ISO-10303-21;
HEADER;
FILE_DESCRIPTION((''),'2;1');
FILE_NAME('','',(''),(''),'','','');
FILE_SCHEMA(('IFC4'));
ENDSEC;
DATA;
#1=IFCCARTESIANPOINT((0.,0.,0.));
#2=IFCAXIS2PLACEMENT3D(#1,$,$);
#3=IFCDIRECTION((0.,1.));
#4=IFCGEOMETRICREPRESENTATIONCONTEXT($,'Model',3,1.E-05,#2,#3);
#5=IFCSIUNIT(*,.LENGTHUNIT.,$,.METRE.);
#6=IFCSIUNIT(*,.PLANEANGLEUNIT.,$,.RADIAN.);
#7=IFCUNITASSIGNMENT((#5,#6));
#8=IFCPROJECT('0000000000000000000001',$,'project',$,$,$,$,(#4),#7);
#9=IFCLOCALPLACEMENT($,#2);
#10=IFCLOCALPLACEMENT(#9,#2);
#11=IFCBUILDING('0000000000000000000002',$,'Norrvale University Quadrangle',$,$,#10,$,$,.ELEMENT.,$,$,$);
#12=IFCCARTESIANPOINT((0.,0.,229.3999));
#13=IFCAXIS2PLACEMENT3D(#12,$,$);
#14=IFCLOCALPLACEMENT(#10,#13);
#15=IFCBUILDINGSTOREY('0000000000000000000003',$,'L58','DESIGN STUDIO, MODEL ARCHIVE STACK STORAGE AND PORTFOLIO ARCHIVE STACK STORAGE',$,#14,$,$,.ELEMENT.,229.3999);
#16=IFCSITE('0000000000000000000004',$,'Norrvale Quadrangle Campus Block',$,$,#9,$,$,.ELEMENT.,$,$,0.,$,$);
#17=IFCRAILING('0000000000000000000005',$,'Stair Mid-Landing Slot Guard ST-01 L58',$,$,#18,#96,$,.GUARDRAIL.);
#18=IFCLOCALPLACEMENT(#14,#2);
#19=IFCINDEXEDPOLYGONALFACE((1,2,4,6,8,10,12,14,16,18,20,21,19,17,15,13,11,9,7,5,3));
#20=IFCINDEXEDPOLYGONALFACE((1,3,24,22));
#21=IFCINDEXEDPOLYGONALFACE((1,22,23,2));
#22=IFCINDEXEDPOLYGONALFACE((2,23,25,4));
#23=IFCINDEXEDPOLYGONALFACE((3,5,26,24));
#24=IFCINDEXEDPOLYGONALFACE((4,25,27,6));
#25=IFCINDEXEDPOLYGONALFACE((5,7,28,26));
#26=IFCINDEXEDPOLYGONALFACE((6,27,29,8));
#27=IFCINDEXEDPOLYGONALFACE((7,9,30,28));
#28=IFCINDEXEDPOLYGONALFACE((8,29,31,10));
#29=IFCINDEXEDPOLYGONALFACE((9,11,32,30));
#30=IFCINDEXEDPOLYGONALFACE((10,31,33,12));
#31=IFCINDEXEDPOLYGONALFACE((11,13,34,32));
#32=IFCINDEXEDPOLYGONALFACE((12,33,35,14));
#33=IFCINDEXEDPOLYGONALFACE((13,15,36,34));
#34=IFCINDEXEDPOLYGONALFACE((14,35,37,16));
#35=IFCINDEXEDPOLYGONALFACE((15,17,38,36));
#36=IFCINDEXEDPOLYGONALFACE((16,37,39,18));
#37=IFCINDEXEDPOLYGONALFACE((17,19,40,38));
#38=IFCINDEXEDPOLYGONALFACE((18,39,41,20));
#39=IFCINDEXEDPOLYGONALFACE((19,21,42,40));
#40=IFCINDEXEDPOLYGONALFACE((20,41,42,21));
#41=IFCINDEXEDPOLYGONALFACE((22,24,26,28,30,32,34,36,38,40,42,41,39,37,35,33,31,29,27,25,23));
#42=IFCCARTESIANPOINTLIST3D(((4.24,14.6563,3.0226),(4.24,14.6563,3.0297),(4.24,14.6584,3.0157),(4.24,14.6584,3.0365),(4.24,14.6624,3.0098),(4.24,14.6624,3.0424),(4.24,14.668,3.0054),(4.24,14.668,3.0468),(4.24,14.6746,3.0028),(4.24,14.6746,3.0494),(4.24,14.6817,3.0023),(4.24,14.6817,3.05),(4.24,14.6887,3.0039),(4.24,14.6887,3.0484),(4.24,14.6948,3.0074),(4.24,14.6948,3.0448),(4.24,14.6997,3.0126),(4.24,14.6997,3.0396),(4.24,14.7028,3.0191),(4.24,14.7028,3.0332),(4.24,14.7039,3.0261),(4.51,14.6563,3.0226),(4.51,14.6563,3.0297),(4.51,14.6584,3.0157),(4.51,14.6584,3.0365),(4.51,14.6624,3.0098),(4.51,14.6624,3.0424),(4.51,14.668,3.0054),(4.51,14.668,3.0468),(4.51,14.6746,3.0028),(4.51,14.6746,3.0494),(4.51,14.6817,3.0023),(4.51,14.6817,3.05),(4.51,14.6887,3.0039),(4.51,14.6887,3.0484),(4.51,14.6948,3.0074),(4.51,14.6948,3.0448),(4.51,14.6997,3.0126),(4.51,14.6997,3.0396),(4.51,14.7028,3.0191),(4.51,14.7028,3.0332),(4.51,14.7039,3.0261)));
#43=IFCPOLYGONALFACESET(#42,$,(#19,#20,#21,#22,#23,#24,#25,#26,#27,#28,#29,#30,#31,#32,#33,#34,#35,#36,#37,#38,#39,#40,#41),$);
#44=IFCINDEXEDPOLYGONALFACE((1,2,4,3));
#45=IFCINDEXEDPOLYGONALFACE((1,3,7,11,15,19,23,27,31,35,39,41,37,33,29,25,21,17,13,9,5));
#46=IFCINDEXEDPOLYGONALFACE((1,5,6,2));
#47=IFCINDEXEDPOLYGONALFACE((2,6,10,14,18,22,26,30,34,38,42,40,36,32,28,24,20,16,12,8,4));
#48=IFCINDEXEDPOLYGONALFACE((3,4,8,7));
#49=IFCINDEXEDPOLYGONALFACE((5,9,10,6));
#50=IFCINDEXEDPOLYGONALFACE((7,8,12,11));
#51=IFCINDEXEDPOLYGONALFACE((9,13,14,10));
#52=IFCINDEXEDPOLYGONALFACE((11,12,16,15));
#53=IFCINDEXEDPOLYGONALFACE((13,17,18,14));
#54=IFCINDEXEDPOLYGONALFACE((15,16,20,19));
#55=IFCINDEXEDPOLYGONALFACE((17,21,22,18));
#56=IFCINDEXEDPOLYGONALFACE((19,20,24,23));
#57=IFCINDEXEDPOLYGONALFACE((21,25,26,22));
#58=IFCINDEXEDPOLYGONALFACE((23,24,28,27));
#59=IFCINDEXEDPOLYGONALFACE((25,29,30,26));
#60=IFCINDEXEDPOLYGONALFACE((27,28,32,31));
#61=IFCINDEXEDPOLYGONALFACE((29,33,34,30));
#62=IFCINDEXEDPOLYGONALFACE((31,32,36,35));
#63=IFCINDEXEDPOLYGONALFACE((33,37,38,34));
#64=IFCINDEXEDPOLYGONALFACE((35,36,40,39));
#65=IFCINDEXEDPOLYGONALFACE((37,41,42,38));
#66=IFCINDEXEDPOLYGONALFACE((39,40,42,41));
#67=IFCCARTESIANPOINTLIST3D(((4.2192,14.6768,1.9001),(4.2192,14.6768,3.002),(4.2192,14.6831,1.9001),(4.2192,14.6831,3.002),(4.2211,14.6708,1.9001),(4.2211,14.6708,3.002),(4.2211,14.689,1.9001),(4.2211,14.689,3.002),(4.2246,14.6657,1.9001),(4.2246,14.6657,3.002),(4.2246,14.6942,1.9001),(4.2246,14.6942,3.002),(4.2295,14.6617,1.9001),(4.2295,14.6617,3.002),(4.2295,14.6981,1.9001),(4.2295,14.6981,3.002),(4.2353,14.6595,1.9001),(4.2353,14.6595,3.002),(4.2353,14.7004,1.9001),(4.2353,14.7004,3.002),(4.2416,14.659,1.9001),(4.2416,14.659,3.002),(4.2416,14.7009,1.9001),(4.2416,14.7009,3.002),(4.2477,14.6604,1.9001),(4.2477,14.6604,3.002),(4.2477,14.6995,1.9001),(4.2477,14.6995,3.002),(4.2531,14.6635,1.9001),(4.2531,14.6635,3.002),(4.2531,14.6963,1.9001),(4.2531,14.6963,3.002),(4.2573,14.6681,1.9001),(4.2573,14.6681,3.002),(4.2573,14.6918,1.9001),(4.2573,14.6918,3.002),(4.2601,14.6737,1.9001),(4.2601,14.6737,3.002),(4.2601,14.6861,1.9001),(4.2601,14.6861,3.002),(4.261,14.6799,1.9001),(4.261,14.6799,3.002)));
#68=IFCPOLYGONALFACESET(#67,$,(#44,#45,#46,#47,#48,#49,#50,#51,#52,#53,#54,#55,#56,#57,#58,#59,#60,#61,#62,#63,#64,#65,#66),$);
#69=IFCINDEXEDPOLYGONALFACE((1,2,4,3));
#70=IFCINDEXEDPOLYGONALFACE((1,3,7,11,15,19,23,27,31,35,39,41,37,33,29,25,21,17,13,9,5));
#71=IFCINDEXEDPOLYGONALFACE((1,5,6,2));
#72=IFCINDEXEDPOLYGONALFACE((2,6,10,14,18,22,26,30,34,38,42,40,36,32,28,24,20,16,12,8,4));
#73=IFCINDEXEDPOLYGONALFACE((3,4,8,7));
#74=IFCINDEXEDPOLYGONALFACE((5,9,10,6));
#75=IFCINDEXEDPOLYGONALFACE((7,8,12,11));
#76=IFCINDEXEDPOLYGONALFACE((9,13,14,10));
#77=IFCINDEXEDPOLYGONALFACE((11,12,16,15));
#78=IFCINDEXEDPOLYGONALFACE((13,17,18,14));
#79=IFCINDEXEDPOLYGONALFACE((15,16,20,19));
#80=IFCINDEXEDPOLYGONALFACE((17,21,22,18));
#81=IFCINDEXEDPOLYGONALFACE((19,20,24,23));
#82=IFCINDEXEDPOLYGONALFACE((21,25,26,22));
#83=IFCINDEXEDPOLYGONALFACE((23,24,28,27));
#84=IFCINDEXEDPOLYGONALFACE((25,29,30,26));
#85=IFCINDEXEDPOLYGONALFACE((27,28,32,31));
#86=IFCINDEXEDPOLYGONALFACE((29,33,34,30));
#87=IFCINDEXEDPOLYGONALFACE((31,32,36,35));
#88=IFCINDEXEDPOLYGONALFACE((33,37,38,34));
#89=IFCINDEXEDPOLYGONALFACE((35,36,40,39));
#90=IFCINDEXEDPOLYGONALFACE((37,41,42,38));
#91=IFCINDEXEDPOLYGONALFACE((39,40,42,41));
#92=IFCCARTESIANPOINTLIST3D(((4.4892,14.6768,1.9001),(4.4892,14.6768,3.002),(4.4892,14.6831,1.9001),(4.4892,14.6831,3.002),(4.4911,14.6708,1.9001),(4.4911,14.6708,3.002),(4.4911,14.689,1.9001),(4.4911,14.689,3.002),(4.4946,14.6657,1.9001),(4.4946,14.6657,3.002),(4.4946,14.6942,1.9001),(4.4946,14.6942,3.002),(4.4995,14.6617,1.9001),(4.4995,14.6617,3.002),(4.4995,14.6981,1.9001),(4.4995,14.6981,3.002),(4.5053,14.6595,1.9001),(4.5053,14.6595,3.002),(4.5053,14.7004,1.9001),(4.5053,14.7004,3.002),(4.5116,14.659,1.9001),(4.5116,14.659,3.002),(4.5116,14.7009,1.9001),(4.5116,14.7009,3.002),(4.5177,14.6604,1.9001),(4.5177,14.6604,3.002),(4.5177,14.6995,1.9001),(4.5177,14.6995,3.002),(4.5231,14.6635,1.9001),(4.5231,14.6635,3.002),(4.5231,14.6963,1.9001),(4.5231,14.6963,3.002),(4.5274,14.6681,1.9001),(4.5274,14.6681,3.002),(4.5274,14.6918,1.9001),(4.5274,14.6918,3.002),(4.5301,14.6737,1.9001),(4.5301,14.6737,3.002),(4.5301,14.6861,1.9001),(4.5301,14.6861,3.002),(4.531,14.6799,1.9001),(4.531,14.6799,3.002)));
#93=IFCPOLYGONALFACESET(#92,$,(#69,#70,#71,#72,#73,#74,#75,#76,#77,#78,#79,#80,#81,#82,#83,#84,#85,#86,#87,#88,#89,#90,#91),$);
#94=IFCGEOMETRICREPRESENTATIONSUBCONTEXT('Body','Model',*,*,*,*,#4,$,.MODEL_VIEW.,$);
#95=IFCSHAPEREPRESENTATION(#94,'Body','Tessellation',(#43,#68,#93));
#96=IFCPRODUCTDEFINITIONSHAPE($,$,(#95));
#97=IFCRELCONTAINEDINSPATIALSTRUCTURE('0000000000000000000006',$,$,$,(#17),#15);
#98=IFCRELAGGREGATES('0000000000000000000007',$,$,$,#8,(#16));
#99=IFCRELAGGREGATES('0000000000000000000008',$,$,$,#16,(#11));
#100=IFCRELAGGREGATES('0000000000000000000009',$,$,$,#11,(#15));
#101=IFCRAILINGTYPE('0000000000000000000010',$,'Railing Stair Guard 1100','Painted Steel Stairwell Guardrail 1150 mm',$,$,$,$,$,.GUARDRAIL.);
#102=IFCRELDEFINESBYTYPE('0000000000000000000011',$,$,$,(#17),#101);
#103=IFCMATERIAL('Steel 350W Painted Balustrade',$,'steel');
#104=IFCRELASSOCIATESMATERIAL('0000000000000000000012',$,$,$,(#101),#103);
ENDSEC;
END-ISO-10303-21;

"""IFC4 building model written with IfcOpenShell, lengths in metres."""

from ifc_helpers import new_model, si_unit, direction, frame, origin, origin_2d, place, context, subcontext, project, spatial, circle, extrude, material, type_object, element, save


model = new_model("IFC4")

# Units and contexts
model_context = context("Model", 3, precision=1e-05, world=origin(), true_north=direction((0.0, 1.0)))
body_context = subcontext(model_context, "Body", "Model", "MODEL_VIEW")
ifc_project = project(units=[si_unit("LENGTHUNIT", "METRE"), si_unit("PLANEANGLEUNIT", "RADIAN")], contexts=[model_context])

# Site, building, storey
site_placement = place(None, origin())
site = spatial("IfcSite", under=ifc_project, at=site_placement, Name="Norrvale Quadrangle Campus Block", CompositionType="ELEMENT", RefElevation=0.0)
building_placement = place(site_placement, origin())
building = spatial("IfcBuilding", under=site, at=building_placement, Name="Norrvale University Quadrangle", CompositionType="ELEMENT")
storey_placement = place(building_placement, frame((0.0, 0.0, 229.3999)))
storey = spatial("IfcBuildingStorey", under=building, at=storey_placement, Name="L58", Description="DESIGN STUDIO, MODEL ARCHIVE STACK STORAGE AND PORTFOLIO ARCHIVE STACK STORAGE", CompositionType="ELEMENT", Elevation=229.3999)

# Railing
ifc_material_1 = material(Name="Steel 350W Painted Balustrade", Category="steel")
railing_type_1 = type_object("IfcRailingType", Name="Railing Stair Guard 1100", Description="Painted Steel Stairwell Guardrail 1150 mm", PredefinedType="GUARDRAIL", material=ifc_material_1)
for number, where, name in (
    (1, (4.24, 14.6799, 1.9001), "Stair Mid-Landing Slot Guard ST-01 L58"),
):
    element("IfcRailing", number, at=place(storey_placement, frame(where)), inside=storey, type_object=railing_type_1, Name=name, PredefinedType="GUARDRAIL", context=body_context, shape_type="SweptSolid", body=[
        extrude(circle(Radius=0.0239, at=origin_2d()), frame((0.0, 0.0, 1.126), z_axis=(1.0, 0.0, 0.0), x_axis=(0.0, 1.0, 0.0)), (0.0, 0.0, 1.0), 0.27),
        extrude(circle(Radius=0.021, at=origin_2d()), origin(), (0.0, 0.0, 1.0), 1.1018),
        extrude(circle(Radius=0.021, at=origin_2d()), frame((0.27, 0.0, 0.0)), (0.0, 0.0, 1.0), 1.1018),
    ])

save(model, "model.ifc")
